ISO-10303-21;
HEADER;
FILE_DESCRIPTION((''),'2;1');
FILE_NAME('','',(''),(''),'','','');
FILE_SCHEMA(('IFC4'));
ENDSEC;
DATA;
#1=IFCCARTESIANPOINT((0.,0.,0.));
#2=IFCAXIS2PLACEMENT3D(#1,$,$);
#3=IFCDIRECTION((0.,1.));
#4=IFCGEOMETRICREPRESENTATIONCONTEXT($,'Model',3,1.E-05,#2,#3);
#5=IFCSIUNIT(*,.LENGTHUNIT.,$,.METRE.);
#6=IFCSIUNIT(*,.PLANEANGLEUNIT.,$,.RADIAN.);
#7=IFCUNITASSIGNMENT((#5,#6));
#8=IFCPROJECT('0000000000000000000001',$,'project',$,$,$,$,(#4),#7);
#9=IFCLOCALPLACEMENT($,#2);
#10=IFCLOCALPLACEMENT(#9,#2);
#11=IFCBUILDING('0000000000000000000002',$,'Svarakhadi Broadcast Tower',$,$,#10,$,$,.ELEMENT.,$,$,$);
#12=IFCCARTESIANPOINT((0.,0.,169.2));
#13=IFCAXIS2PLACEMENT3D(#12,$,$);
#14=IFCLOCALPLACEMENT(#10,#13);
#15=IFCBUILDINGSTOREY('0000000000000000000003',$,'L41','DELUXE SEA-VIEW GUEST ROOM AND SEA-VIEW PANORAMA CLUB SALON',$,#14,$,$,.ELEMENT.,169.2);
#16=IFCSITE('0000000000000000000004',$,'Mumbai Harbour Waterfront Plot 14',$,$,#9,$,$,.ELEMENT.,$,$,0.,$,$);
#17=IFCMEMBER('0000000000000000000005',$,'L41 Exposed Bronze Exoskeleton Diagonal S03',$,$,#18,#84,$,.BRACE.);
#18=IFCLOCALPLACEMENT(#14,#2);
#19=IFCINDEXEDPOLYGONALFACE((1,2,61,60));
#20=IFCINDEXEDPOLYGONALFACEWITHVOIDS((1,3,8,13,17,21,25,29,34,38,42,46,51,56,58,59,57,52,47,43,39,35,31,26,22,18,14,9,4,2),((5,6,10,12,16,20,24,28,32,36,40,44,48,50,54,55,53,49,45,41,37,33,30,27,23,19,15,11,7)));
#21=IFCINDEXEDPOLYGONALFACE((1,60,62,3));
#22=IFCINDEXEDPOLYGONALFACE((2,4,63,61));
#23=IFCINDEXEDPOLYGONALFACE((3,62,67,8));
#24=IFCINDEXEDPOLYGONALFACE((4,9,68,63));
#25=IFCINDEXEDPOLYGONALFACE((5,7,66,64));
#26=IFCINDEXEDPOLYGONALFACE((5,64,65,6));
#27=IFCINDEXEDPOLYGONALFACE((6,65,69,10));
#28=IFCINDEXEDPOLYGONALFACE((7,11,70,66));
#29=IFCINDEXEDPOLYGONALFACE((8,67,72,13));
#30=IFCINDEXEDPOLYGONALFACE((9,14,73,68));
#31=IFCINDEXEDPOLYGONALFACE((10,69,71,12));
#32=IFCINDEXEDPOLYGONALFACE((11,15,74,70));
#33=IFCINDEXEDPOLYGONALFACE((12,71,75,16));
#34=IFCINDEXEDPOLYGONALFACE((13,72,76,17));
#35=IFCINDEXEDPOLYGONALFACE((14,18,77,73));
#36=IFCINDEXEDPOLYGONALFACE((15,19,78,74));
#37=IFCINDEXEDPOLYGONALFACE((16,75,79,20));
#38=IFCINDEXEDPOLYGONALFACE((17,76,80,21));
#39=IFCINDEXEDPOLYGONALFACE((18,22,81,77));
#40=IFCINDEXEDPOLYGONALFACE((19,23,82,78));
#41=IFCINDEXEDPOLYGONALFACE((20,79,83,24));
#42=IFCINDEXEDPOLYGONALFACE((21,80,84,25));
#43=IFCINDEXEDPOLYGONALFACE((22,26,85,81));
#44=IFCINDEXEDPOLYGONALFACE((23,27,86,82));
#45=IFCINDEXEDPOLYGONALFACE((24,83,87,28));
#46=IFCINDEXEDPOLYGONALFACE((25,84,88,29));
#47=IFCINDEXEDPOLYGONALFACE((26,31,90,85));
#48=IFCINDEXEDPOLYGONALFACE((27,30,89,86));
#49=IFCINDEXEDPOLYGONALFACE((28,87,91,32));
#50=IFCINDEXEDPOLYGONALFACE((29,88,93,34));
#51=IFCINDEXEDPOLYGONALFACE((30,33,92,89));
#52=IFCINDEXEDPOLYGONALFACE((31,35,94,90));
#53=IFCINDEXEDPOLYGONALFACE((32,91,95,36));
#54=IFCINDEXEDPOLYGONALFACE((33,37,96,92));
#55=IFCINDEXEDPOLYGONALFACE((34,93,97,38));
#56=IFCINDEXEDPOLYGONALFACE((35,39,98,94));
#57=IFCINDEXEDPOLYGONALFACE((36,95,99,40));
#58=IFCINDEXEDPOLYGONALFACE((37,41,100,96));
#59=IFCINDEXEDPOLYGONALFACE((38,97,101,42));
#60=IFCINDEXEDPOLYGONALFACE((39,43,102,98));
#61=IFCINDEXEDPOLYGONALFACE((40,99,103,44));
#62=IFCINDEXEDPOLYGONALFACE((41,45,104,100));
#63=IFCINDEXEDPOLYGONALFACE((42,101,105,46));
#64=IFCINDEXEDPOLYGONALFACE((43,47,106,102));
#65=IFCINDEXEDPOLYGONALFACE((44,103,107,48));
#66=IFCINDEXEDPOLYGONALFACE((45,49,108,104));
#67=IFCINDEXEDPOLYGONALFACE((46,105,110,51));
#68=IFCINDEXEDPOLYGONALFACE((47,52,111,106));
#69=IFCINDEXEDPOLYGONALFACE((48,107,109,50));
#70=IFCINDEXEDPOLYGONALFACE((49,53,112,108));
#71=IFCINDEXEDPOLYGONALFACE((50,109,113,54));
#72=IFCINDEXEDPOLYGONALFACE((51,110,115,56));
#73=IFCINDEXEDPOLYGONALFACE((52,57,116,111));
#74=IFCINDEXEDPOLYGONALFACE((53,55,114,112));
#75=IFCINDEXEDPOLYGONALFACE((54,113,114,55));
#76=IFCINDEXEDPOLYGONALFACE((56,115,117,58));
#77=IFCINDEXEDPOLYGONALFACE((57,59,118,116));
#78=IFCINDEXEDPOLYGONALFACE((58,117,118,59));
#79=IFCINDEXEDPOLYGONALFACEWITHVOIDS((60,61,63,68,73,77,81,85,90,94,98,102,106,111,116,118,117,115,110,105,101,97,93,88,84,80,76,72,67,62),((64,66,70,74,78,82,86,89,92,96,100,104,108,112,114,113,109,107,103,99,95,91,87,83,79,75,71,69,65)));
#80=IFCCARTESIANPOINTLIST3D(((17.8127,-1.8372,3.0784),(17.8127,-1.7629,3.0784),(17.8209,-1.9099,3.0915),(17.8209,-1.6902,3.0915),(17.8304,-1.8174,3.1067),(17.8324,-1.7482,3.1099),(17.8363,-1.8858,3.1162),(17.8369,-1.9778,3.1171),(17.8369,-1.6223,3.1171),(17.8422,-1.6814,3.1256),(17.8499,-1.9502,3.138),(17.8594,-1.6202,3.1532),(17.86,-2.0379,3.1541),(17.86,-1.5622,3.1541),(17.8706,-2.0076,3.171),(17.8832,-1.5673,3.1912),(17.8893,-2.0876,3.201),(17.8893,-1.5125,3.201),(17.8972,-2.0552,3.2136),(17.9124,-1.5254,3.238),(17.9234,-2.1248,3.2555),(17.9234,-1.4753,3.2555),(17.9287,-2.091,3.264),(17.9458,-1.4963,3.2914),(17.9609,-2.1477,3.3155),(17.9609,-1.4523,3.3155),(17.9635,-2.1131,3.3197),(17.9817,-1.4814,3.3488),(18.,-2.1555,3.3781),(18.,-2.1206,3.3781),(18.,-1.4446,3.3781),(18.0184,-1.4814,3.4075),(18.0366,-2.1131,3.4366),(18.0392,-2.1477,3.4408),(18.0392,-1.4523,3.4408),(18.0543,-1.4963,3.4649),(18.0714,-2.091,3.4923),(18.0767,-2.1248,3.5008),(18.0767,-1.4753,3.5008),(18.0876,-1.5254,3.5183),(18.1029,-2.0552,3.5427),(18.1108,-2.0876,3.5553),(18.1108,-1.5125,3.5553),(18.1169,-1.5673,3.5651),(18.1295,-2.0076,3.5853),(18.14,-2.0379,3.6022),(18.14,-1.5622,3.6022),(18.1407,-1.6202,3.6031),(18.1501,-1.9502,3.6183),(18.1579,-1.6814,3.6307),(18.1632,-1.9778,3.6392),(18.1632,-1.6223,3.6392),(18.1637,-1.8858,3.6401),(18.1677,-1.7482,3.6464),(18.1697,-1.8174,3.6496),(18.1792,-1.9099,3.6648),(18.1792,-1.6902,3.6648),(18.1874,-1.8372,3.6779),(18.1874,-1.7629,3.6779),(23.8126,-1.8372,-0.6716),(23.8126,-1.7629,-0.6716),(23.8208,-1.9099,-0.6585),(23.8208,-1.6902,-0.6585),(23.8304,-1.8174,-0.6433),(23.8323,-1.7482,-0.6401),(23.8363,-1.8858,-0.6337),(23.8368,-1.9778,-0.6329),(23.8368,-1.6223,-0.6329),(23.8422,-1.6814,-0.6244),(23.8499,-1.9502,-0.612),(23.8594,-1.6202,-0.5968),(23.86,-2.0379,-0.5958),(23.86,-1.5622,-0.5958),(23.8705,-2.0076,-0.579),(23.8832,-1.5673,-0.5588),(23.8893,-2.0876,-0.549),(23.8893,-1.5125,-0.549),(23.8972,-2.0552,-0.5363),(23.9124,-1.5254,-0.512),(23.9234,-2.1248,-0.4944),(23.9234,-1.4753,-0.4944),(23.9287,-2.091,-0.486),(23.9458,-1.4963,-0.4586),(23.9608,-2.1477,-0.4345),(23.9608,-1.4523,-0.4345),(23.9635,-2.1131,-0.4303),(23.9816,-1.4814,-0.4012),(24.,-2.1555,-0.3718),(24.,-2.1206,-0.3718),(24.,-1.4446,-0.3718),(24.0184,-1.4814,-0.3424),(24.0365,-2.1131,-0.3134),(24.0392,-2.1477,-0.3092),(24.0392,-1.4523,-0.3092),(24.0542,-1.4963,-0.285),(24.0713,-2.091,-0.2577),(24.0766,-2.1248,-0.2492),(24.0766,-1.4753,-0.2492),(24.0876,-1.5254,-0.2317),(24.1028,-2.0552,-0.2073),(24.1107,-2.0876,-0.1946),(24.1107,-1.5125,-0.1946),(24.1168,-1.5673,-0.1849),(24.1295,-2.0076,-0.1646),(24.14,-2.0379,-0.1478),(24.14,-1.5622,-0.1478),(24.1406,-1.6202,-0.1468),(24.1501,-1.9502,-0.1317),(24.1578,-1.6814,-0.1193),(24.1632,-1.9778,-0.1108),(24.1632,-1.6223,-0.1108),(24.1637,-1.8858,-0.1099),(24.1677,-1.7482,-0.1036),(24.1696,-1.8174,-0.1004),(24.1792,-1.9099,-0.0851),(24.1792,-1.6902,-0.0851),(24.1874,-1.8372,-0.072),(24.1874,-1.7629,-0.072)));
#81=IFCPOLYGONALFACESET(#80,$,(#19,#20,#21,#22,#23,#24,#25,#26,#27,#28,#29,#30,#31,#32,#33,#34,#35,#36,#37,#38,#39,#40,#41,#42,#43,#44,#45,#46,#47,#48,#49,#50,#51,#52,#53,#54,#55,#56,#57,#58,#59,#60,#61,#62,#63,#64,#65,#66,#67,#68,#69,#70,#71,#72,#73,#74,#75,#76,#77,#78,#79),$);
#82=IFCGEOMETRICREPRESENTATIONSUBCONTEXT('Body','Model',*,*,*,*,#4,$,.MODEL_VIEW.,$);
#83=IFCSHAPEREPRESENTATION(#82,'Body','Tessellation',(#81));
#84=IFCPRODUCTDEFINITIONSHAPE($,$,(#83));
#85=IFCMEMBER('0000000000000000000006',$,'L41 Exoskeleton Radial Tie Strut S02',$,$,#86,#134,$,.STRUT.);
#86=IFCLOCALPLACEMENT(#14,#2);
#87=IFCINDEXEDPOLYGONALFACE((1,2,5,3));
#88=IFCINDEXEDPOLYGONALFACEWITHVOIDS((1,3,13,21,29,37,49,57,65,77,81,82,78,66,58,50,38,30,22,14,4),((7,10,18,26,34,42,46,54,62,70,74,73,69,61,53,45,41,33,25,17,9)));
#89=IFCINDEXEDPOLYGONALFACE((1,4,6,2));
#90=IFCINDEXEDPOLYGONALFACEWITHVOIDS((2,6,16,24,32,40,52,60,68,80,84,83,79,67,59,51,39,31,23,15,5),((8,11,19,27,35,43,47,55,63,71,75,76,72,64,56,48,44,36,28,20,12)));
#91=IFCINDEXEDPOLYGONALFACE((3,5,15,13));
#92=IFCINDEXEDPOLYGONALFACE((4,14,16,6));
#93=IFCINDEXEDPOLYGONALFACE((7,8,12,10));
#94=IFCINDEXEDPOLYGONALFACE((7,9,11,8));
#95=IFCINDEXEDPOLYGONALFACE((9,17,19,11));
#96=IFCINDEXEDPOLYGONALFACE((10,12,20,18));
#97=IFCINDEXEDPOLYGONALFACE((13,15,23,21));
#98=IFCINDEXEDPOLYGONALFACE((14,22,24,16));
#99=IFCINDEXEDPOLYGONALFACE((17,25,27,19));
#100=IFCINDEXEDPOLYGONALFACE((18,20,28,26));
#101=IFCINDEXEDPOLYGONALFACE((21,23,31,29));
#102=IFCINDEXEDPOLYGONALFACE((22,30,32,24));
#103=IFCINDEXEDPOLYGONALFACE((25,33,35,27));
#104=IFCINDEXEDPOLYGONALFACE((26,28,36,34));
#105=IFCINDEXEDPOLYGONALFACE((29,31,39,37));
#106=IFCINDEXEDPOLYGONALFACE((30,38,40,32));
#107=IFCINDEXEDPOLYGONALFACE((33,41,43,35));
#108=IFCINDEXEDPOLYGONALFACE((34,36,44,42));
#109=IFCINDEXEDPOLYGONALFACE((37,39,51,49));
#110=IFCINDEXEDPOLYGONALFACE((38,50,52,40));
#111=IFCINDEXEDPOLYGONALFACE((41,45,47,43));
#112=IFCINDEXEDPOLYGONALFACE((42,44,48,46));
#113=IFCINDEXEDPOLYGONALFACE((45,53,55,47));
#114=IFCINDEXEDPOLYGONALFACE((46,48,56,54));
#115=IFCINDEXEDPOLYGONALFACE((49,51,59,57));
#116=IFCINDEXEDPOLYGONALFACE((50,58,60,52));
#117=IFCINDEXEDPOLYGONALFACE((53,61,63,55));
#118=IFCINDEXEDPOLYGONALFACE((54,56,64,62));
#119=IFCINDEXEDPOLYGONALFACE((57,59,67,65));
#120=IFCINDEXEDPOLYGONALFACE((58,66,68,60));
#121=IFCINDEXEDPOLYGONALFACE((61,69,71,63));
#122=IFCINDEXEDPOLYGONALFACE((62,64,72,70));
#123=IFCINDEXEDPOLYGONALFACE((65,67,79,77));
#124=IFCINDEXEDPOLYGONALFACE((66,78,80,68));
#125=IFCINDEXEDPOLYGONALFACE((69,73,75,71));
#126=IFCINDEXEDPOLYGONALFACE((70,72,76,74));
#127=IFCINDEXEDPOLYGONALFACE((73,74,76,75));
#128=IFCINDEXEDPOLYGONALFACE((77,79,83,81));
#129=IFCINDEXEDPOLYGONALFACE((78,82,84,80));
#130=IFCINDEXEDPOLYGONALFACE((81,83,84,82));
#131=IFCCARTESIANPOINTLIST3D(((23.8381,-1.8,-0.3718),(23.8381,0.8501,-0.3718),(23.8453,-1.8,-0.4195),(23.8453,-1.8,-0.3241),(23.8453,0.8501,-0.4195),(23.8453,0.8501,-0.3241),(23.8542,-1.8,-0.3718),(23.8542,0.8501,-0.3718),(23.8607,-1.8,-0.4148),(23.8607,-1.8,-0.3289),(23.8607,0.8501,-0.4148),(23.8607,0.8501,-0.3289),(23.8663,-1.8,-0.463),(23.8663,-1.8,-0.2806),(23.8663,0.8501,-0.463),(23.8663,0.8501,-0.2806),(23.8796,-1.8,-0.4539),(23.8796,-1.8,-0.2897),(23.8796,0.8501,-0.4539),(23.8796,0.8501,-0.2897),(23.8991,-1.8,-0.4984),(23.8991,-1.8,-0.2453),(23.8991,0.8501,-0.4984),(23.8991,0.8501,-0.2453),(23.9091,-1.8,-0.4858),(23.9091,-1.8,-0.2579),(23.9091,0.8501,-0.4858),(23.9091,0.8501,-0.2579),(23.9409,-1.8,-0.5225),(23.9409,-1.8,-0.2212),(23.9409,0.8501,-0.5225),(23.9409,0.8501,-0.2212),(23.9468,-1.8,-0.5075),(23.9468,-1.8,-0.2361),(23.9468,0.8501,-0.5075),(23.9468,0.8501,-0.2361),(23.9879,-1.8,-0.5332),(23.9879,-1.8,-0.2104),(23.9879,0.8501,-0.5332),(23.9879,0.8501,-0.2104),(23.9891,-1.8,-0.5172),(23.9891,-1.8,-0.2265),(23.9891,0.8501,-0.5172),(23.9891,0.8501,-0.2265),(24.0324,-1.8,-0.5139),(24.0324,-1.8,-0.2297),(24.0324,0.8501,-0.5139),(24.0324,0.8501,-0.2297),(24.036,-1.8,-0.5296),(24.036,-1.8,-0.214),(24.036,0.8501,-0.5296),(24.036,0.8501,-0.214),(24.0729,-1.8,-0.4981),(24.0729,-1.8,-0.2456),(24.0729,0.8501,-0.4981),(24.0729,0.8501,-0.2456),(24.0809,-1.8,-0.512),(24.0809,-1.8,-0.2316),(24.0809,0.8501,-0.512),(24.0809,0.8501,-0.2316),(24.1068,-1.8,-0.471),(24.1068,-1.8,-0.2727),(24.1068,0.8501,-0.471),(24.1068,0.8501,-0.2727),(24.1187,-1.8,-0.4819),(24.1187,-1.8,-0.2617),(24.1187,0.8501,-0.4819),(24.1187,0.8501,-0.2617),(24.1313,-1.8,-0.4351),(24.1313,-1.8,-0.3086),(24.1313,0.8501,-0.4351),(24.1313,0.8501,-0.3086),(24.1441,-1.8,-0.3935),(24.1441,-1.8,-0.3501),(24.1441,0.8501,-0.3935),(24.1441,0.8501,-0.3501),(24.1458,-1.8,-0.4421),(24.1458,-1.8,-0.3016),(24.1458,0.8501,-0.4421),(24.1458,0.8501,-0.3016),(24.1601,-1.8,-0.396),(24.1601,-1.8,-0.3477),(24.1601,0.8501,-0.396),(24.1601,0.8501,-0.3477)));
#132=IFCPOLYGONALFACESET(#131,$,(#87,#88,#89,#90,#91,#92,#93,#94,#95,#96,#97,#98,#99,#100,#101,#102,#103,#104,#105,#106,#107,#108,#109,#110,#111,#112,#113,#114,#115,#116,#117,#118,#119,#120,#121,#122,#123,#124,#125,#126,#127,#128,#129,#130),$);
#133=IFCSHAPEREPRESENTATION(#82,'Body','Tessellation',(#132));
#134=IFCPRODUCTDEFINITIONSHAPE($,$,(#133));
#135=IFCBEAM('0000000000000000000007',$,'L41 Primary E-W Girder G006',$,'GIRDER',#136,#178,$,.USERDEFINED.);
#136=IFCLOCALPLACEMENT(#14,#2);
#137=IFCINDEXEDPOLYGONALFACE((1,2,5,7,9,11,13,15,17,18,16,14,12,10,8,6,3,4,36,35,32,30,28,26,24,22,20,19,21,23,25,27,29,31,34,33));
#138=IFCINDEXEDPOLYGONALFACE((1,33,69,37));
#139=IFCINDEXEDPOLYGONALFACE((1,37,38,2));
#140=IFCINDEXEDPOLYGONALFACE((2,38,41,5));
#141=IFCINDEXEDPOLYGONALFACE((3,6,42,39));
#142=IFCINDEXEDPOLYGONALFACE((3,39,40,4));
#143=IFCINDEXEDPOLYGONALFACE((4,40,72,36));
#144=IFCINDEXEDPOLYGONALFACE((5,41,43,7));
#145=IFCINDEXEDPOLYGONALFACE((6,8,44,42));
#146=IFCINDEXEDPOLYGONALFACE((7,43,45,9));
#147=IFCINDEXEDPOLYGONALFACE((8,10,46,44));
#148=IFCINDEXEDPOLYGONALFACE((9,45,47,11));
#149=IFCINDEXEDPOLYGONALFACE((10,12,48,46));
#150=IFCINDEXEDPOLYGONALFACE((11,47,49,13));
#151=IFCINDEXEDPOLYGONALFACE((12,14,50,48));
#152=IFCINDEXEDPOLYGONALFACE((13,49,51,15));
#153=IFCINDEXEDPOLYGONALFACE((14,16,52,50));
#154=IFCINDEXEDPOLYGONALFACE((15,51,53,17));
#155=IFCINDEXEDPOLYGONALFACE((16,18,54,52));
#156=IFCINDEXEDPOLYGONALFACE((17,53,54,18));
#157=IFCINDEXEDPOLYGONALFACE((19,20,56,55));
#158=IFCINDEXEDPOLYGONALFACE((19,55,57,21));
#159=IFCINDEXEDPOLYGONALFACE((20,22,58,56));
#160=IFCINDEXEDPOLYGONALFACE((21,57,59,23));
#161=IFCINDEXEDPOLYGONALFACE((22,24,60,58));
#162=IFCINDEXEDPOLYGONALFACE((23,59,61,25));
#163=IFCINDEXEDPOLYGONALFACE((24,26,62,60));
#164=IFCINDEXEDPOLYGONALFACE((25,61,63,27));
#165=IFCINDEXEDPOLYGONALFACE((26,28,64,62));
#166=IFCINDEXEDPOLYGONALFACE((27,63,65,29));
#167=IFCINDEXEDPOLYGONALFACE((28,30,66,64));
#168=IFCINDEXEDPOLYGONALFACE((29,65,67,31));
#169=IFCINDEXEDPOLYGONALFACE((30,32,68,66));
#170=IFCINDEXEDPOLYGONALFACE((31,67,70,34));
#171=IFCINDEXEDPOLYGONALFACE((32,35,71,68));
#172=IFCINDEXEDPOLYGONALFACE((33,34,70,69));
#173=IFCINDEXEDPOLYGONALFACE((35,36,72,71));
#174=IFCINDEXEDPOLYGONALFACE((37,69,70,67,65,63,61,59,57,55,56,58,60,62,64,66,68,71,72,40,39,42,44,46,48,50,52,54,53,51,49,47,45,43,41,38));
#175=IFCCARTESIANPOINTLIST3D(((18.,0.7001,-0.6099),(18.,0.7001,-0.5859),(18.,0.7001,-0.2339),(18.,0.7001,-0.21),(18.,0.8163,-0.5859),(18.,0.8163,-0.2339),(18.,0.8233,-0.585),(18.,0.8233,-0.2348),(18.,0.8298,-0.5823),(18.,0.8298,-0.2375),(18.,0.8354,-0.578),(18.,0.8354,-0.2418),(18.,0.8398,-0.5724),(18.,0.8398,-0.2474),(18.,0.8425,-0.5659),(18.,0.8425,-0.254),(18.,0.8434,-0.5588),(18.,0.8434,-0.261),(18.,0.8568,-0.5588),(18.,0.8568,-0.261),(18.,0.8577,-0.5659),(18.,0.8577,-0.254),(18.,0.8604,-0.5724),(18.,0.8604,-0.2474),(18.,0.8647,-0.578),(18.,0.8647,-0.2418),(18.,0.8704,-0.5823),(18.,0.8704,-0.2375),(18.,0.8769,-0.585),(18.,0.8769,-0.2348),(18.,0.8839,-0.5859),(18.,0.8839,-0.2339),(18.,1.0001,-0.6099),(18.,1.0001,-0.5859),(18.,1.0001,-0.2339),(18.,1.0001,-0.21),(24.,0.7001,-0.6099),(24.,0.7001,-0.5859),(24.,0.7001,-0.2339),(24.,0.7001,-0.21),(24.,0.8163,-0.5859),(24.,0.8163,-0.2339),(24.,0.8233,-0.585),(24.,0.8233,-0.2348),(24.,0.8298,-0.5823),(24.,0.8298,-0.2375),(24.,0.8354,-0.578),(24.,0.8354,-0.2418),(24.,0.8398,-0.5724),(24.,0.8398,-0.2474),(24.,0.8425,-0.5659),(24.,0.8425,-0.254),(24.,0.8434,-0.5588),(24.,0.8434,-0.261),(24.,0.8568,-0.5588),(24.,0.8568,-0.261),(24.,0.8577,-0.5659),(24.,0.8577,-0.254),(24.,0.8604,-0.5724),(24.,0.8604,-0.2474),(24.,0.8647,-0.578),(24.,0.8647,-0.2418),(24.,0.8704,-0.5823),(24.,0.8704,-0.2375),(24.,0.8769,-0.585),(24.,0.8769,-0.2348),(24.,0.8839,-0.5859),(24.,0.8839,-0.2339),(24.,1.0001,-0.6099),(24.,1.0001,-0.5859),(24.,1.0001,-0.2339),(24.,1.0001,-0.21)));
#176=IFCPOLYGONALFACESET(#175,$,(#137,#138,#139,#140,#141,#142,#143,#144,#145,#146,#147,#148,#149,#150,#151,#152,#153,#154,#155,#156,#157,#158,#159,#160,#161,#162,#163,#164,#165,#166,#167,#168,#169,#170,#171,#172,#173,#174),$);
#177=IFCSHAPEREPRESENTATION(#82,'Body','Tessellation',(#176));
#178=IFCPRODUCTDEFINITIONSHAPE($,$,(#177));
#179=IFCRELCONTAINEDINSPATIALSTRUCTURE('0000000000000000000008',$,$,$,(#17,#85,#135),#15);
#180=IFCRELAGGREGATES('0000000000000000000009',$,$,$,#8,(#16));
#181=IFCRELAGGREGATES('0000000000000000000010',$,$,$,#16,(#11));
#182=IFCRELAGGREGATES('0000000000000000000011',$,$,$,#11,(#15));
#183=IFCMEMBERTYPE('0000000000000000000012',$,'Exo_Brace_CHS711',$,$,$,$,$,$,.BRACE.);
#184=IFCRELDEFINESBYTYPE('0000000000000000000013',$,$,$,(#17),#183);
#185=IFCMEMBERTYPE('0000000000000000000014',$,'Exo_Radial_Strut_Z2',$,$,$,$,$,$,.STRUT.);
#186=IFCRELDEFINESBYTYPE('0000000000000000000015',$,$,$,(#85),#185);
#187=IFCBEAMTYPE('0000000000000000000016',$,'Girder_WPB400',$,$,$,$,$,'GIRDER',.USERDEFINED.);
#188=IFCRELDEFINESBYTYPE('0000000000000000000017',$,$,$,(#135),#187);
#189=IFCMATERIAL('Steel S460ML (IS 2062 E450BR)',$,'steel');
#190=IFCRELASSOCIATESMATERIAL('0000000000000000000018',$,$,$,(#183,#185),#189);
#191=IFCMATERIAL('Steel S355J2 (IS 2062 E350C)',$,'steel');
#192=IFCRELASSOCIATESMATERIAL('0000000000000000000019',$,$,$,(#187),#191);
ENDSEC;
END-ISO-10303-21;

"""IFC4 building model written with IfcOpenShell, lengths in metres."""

from ifc_helpers import new_model, si_unit, direction, frame, origin, origin_2d, place, context, subcontext, project, spatial, hollow_circle, i_section, extrude, material, material_profile, profile_set, type_object, element, save


model = new_model("IFC4")

# Units and contexts
model_context = context("Model", 3, precision=1e-05, world=origin(), true_north=direction((0.0, 1.0)))
body_context = subcontext(model_context, "Body", "Model", "MODEL_VIEW")
ifc_project = project(units=[si_unit("LENGTHUNIT", "METRE"), si_unit("PLANEANGLEUNIT", "RADIAN")], contexts=[model_context])

# Site, building, storey
site_placement = place(None, origin())
site = spatial("IfcSite", under=ifc_project, at=site_placement, Name="Mumbai Harbour Waterfront Plot 14", CompositionType="ELEMENT", RefElevation=0.0)
building_placement = place(site_placement, origin())
building = spatial("IfcBuilding", under=site, at=building_placement, Name="Svarakhadi Broadcast Tower", CompositionType="ELEMENT")
storey_placement = place(building_placement, frame((0.0, 0.0, 169.2)))
storey = spatial("IfcBuildingStorey", under=building, at=storey_placement, Name="L41", Description="DELUXE SEA-VIEW GUEST ROOM AND SEA-VIEW PANORAMA CLUB SALON", CompositionType="ELEMENT", Elevation=169.2)

# Members
ifc_material_1 = material(Name="Steel S460ML (IS 2062 E450BR)", Category="steel")
ifc_material_profile_1 = material_profile(ifc_material_1, hollow_circle(Radius=0.3555, WallThickness=0.0349, at=origin_2d()), Name="CHS 711x35")
ifc_profile_set_1 = profile_set([ifc_material_profile_1], Name="Steel S460ML (IS 2062 E450BR)")
member_type_1 = type_object("IfcMemberType", Name="Exo_Brace_CHS711", PredefinedType="BRACE", material=ifc_profile_set_1)
member_1_placement = place(storey_placement, frame((24.0, -1.8, -0.3718), z_axis=(-0.847998, 0.0, 0.529999), x_axis=(0.0, -1.0, 0.0)))
element("IfcMember", 1, at=member_1_placement, inside=storey, type_object=member_type_1, Name="L41 Exposed Bronze Exoskeleton Diagonal S03", PredefinedType="BRACE", context=body_context, shape_type="SweptSolid", body=[
    extrude(hollow_circle(Radius=0.3555, WallThickness=0.0349, at=origin_2d()), origin(), (0.0, 0.0, 1.0), 7.0754),
])
ifc_material_profile_2 = material_profile(ifc_material_1, hollow_circle(Radius=0.1619, WallThickness=0.0161, at=origin_2d()), Name="CHS 323.9x16")
ifc_profile_set_2 = profile_set([ifc_material_profile_2], Name="Steel S460ML (IS 2062 E450BR)")
member_type_2 = type_object("IfcMemberType", Name="Exo_Radial_Strut_Z2", PredefinedType="STRUT", material=ifc_profile_set_2)
member_2_placement = place(storey_placement, frame((24.0, -1.8, -0.3718), z_axis=(0.0, 1.0, 0.0), x_axis=(-1.0, 0.0, 0.0)))
element("IfcMember", 2, at=member_2_placement, inside=storey, type_object=member_type_2, Name="L41 Exoskeleton Radial Tie Strut S02", PredefinedType="STRUT", context=body_context, shape_type="SweptSolid", body=[
    extrude(hollow_circle(Radius=0.1619, WallThickness=0.0161, at=origin_2d()), origin(), (0.0, 0.0, 1.0), 2.6501),
])

# Beam
ifc_material_2 = material(Name="Steel S355J2 (IS 2062 E350C)", Category="steel")
ifc_material_profile_3 = material_profile(ifc_material_2, i_section(OverallWidth=0.3, OverallDepth=0.3999, WebThickness=0.0134, FlangeThickness=0.0239, FilletRadius=0.0271, at=origin_2d()), Name="WPB 400x300x155")
ifc_profile_set_3 = profile_set([ifc_material_profile_3], Name="Steel S355J2 (IS 2062 E350C)")
beam_type_1 = type_object("IfcBeamType", Name="Girder_WPB400", ElementType="GIRDER", PredefinedType="USERDEFINED", material=ifc_profile_set_3)
for number, where, z_axis, x_axis, name in (
    (3, (18.0, 0.8501, -0.4099), (1.0, 0.0, 0.0), (0.0, 1.0, 0.0), "L41 Primary E-W Girder G006"),
):
    element("IfcBeam", number, at=place(storey_placement, frame(where, z_axis=z_axis, x_axis=x_axis)), inside=storey, type_object=beam_type_1, Name=name, ObjectType="GIRDER", PredefinedType="USERDEFINED", context=body_context, shape_type="SweptSolid", body=[
        extrude(i_section(OverallWidth=0.3, OverallDepth=0.3999, WebThickness=0.0134, FlangeThickness=0.0239, FilletRadius=0.0271, at=origin_2d()), origin(), (0.0, 0.0, 1.0), 6.0),
    ])

save(model, "model.ifc")
